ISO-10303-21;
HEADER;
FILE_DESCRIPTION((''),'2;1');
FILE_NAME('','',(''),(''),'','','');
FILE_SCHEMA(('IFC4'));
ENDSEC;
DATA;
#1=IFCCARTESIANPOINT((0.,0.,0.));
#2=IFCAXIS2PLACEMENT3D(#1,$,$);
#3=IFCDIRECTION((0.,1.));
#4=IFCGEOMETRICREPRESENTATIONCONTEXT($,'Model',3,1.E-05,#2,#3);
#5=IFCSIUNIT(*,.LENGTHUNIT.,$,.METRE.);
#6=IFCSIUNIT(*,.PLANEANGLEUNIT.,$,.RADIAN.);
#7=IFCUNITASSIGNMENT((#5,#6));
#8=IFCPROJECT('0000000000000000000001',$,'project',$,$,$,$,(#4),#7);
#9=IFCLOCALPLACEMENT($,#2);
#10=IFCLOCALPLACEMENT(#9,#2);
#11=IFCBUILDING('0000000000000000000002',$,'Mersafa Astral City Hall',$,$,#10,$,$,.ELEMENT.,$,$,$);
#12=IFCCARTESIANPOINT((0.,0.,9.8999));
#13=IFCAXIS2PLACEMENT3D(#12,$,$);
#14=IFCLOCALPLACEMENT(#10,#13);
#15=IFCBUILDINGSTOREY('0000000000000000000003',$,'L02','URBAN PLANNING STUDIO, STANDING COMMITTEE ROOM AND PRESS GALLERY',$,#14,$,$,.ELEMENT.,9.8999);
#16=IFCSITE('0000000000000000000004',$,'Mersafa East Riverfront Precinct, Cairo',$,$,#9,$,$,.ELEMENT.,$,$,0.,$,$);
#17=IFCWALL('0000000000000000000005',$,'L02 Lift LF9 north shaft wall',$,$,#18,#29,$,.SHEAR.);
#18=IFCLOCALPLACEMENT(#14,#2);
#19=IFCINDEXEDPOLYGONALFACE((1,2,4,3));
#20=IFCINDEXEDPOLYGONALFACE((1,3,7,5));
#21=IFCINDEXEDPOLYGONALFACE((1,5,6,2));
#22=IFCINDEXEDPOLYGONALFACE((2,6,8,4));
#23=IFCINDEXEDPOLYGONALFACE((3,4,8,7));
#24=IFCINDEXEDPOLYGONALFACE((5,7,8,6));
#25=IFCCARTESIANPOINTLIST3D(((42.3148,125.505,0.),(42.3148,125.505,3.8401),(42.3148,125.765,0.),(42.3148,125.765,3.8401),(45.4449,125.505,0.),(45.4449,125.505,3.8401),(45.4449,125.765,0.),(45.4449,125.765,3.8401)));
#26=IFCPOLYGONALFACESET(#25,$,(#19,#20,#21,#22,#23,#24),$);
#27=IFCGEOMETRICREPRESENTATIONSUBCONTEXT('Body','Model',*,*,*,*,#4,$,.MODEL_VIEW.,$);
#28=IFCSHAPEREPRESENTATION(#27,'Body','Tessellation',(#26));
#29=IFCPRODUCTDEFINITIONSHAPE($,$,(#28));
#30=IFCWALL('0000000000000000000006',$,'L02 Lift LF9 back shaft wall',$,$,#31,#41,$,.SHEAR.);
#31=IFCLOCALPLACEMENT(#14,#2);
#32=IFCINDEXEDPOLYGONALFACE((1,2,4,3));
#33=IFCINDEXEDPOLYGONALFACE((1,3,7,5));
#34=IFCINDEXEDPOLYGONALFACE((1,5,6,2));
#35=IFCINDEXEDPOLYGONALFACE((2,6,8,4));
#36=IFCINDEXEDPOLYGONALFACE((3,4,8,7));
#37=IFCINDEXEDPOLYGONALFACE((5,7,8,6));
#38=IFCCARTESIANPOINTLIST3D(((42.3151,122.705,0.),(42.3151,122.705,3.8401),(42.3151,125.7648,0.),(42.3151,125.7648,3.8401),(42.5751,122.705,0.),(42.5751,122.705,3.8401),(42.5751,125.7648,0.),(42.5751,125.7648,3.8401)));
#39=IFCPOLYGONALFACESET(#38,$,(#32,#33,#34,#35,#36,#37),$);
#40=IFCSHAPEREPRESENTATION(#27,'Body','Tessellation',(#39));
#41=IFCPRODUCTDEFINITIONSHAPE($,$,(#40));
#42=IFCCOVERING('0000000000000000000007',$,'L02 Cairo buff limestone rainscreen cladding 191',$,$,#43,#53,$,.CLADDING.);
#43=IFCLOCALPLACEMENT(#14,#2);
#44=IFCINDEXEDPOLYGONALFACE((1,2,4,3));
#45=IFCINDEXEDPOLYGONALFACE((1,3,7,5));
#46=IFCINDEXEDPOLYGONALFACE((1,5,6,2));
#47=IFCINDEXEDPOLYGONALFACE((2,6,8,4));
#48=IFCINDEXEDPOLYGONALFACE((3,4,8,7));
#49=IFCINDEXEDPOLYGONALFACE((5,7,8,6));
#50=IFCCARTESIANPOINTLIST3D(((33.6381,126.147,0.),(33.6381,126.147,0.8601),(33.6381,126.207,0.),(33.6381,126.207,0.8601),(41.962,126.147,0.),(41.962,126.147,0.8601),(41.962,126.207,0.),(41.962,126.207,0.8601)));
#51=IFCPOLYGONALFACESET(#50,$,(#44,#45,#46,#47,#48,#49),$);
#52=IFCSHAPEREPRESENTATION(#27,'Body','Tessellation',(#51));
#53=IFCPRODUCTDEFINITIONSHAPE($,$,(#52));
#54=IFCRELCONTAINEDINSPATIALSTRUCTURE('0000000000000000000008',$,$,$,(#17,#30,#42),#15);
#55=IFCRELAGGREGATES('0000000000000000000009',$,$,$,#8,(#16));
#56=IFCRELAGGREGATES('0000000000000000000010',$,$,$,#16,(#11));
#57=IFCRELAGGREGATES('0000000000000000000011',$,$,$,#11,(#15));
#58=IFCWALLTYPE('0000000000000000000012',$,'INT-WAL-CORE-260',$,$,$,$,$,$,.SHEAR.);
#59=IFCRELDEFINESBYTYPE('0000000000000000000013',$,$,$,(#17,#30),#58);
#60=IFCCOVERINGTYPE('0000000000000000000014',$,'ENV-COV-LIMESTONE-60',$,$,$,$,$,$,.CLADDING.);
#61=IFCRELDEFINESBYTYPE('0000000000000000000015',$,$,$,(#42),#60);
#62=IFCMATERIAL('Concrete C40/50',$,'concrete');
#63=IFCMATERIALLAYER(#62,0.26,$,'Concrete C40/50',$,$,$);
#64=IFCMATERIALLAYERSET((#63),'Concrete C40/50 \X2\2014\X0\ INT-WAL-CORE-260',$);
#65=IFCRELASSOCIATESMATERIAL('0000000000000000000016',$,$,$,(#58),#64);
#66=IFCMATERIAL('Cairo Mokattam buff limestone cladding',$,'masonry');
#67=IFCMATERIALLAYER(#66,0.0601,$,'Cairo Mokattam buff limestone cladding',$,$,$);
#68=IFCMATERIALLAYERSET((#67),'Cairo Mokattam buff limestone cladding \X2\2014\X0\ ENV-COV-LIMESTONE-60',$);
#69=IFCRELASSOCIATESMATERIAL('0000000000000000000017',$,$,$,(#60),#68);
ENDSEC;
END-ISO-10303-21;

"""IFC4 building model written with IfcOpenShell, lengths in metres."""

from ifc_helpers import new_model, si_unit, direction, frame, frame_2d, origin, origin_2d, place, context, subcontext, project, spatial, rectangle, extrude, material, layer, layer_set, type_object, element, save


model = new_model("IFC4")

# Units and contexts
model_context = context("Model", 3, precision=1e-05, world=origin(), true_north=direction((0.0, 1.0)))
body_context = subcontext(model_context, "Body", "Model", "MODEL_VIEW")
ifc_project = project(units=[si_unit("LENGTHUNIT", "METRE"), si_unit("PLANEANGLEUNIT", "RADIAN")], contexts=[model_context])

# Site, building, storey
site_placement = place(None, origin())
site = spatial("IfcSite", under=ifc_project, at=site_placement, Name="Mersafa East Riverfront Precinct, Cairo", CompositionType="ELEMENT", RefElevation=0.0)
building_placement = place(site_placement, origin())
building = spatial("IfcBuilding", under=site, at=building_placement, Name="Mersafa Astral City Hall", CompositionType="ELEMENT")
storey_placement = place(building_placement, frame((0.0, 0.0, 9.8999)))
storey = spatial("IfcBuildingStorey", under=building, at=storey_placement, Name="L02", Description="URBAN PLANNING STUDIO, STANDING COMMITTEE ROOM AND PRESS GALLERY", CompositionType="ELEMENT", Elevation=9.8999)

# Walls
ifc_material_1 = material(Name="Concrete C40/50", Category="concrete")
ifc_layer_1 = layer(ifc_material_1, 0.26, Name="Concrete C40/50")
ifc_layer_set_1 = layer_set([ifc_layer_1], Name="Concrete C40/50 — INT-WAL-CORE-260")
wall_type_1 = type_object("IfcWallType", Name="INT-WAL-CORE-260", PredefinedType="SHEAR", material=ifc_layer_set_1)
for number, where, z_axis, x_axis, name in (
    (1, (42.3149, 125.635, 0.0), (0.0, 0.0, 1.0), (1.0, 0.0, 0.0), "L02 Lift LF9 north shaft wall"),
):
    element("IfcWall", number, at=place(storey_placement, frame(where, z_axis=z_axis, x_axis=x_axis)), inside=storey, type_object=wall_type_1, Name=name, PredefinedType="SHEAR", context=body_context, shape_type="SweptSolid", body=[
        extrude(rectangle(XDim=3.1301, YDim=0.26, at=frame_2d((1.5649, 0.0))), origin(), (0.0, 0.0, 1.0), 3.8401),
    ])
wall_1_placement = place(storey_placement, frame((42.4451, 122.7051, 0.0), z_axis=(0.0, 0.0, 1.0), x_axis=(0.0, 1.0, 0.0)))
element("IfcWall", 2, at=wall_1_placement, inside=storey, type_object=wall_type_1, Name="L02 Lift LF9 back shaft wall", PredefinedType="SHEAR", context=body_context, shape_type="SweptSolid", body=[
    extrude(rectangle(XDim=3.0598, YDim=0.26, at=frame_2d((1.5298, 0.0))), origin(), (0.0, 0.0, 1.0), 3.8401),
])

# Covering
ifc_material_2 = material(Name="Cairo Mokattam buff limestone cladding", Category="masonry")
ifc_layer_2 = layer(ifc_material_2, 0.0601, Name="Cairo Mokattam buff limestone cladding")
ifc_layer_set_2 = layer_set([ifc_layer_2], Name="Cairo Mokattam buff limestone cladding — ENV-COV-LIMESTONE-60")
covering_type = type_object("IfcCoveringType", Name="ENV-COV-LIMESTONE-60", PredefinedType="CLADDING", material=ifc_layer_set_2)
covering_placement = place(storey_placement, frame((37.8, 126.177, 0.0), z_axis=(0.0, 0.0, 1.0), x_axis=(-1.0, 0.0, 0.0)))
element("IfcCovering", 3, at=covering_placement, inside=storey, type_object=covering_type, Name="L02 Cairo buff limestone rainscreen cladding 191", PredefinedType="CLADDING", context=body_context, shape_type="SweptSolid", body=[
    extrude(rectangle(XDim=8.324, YDim=0.0601, at=origin_2d()), origin(), (0.0, 0.0, 1.0), 0.8601),
])

save(model, "model.ifc")
